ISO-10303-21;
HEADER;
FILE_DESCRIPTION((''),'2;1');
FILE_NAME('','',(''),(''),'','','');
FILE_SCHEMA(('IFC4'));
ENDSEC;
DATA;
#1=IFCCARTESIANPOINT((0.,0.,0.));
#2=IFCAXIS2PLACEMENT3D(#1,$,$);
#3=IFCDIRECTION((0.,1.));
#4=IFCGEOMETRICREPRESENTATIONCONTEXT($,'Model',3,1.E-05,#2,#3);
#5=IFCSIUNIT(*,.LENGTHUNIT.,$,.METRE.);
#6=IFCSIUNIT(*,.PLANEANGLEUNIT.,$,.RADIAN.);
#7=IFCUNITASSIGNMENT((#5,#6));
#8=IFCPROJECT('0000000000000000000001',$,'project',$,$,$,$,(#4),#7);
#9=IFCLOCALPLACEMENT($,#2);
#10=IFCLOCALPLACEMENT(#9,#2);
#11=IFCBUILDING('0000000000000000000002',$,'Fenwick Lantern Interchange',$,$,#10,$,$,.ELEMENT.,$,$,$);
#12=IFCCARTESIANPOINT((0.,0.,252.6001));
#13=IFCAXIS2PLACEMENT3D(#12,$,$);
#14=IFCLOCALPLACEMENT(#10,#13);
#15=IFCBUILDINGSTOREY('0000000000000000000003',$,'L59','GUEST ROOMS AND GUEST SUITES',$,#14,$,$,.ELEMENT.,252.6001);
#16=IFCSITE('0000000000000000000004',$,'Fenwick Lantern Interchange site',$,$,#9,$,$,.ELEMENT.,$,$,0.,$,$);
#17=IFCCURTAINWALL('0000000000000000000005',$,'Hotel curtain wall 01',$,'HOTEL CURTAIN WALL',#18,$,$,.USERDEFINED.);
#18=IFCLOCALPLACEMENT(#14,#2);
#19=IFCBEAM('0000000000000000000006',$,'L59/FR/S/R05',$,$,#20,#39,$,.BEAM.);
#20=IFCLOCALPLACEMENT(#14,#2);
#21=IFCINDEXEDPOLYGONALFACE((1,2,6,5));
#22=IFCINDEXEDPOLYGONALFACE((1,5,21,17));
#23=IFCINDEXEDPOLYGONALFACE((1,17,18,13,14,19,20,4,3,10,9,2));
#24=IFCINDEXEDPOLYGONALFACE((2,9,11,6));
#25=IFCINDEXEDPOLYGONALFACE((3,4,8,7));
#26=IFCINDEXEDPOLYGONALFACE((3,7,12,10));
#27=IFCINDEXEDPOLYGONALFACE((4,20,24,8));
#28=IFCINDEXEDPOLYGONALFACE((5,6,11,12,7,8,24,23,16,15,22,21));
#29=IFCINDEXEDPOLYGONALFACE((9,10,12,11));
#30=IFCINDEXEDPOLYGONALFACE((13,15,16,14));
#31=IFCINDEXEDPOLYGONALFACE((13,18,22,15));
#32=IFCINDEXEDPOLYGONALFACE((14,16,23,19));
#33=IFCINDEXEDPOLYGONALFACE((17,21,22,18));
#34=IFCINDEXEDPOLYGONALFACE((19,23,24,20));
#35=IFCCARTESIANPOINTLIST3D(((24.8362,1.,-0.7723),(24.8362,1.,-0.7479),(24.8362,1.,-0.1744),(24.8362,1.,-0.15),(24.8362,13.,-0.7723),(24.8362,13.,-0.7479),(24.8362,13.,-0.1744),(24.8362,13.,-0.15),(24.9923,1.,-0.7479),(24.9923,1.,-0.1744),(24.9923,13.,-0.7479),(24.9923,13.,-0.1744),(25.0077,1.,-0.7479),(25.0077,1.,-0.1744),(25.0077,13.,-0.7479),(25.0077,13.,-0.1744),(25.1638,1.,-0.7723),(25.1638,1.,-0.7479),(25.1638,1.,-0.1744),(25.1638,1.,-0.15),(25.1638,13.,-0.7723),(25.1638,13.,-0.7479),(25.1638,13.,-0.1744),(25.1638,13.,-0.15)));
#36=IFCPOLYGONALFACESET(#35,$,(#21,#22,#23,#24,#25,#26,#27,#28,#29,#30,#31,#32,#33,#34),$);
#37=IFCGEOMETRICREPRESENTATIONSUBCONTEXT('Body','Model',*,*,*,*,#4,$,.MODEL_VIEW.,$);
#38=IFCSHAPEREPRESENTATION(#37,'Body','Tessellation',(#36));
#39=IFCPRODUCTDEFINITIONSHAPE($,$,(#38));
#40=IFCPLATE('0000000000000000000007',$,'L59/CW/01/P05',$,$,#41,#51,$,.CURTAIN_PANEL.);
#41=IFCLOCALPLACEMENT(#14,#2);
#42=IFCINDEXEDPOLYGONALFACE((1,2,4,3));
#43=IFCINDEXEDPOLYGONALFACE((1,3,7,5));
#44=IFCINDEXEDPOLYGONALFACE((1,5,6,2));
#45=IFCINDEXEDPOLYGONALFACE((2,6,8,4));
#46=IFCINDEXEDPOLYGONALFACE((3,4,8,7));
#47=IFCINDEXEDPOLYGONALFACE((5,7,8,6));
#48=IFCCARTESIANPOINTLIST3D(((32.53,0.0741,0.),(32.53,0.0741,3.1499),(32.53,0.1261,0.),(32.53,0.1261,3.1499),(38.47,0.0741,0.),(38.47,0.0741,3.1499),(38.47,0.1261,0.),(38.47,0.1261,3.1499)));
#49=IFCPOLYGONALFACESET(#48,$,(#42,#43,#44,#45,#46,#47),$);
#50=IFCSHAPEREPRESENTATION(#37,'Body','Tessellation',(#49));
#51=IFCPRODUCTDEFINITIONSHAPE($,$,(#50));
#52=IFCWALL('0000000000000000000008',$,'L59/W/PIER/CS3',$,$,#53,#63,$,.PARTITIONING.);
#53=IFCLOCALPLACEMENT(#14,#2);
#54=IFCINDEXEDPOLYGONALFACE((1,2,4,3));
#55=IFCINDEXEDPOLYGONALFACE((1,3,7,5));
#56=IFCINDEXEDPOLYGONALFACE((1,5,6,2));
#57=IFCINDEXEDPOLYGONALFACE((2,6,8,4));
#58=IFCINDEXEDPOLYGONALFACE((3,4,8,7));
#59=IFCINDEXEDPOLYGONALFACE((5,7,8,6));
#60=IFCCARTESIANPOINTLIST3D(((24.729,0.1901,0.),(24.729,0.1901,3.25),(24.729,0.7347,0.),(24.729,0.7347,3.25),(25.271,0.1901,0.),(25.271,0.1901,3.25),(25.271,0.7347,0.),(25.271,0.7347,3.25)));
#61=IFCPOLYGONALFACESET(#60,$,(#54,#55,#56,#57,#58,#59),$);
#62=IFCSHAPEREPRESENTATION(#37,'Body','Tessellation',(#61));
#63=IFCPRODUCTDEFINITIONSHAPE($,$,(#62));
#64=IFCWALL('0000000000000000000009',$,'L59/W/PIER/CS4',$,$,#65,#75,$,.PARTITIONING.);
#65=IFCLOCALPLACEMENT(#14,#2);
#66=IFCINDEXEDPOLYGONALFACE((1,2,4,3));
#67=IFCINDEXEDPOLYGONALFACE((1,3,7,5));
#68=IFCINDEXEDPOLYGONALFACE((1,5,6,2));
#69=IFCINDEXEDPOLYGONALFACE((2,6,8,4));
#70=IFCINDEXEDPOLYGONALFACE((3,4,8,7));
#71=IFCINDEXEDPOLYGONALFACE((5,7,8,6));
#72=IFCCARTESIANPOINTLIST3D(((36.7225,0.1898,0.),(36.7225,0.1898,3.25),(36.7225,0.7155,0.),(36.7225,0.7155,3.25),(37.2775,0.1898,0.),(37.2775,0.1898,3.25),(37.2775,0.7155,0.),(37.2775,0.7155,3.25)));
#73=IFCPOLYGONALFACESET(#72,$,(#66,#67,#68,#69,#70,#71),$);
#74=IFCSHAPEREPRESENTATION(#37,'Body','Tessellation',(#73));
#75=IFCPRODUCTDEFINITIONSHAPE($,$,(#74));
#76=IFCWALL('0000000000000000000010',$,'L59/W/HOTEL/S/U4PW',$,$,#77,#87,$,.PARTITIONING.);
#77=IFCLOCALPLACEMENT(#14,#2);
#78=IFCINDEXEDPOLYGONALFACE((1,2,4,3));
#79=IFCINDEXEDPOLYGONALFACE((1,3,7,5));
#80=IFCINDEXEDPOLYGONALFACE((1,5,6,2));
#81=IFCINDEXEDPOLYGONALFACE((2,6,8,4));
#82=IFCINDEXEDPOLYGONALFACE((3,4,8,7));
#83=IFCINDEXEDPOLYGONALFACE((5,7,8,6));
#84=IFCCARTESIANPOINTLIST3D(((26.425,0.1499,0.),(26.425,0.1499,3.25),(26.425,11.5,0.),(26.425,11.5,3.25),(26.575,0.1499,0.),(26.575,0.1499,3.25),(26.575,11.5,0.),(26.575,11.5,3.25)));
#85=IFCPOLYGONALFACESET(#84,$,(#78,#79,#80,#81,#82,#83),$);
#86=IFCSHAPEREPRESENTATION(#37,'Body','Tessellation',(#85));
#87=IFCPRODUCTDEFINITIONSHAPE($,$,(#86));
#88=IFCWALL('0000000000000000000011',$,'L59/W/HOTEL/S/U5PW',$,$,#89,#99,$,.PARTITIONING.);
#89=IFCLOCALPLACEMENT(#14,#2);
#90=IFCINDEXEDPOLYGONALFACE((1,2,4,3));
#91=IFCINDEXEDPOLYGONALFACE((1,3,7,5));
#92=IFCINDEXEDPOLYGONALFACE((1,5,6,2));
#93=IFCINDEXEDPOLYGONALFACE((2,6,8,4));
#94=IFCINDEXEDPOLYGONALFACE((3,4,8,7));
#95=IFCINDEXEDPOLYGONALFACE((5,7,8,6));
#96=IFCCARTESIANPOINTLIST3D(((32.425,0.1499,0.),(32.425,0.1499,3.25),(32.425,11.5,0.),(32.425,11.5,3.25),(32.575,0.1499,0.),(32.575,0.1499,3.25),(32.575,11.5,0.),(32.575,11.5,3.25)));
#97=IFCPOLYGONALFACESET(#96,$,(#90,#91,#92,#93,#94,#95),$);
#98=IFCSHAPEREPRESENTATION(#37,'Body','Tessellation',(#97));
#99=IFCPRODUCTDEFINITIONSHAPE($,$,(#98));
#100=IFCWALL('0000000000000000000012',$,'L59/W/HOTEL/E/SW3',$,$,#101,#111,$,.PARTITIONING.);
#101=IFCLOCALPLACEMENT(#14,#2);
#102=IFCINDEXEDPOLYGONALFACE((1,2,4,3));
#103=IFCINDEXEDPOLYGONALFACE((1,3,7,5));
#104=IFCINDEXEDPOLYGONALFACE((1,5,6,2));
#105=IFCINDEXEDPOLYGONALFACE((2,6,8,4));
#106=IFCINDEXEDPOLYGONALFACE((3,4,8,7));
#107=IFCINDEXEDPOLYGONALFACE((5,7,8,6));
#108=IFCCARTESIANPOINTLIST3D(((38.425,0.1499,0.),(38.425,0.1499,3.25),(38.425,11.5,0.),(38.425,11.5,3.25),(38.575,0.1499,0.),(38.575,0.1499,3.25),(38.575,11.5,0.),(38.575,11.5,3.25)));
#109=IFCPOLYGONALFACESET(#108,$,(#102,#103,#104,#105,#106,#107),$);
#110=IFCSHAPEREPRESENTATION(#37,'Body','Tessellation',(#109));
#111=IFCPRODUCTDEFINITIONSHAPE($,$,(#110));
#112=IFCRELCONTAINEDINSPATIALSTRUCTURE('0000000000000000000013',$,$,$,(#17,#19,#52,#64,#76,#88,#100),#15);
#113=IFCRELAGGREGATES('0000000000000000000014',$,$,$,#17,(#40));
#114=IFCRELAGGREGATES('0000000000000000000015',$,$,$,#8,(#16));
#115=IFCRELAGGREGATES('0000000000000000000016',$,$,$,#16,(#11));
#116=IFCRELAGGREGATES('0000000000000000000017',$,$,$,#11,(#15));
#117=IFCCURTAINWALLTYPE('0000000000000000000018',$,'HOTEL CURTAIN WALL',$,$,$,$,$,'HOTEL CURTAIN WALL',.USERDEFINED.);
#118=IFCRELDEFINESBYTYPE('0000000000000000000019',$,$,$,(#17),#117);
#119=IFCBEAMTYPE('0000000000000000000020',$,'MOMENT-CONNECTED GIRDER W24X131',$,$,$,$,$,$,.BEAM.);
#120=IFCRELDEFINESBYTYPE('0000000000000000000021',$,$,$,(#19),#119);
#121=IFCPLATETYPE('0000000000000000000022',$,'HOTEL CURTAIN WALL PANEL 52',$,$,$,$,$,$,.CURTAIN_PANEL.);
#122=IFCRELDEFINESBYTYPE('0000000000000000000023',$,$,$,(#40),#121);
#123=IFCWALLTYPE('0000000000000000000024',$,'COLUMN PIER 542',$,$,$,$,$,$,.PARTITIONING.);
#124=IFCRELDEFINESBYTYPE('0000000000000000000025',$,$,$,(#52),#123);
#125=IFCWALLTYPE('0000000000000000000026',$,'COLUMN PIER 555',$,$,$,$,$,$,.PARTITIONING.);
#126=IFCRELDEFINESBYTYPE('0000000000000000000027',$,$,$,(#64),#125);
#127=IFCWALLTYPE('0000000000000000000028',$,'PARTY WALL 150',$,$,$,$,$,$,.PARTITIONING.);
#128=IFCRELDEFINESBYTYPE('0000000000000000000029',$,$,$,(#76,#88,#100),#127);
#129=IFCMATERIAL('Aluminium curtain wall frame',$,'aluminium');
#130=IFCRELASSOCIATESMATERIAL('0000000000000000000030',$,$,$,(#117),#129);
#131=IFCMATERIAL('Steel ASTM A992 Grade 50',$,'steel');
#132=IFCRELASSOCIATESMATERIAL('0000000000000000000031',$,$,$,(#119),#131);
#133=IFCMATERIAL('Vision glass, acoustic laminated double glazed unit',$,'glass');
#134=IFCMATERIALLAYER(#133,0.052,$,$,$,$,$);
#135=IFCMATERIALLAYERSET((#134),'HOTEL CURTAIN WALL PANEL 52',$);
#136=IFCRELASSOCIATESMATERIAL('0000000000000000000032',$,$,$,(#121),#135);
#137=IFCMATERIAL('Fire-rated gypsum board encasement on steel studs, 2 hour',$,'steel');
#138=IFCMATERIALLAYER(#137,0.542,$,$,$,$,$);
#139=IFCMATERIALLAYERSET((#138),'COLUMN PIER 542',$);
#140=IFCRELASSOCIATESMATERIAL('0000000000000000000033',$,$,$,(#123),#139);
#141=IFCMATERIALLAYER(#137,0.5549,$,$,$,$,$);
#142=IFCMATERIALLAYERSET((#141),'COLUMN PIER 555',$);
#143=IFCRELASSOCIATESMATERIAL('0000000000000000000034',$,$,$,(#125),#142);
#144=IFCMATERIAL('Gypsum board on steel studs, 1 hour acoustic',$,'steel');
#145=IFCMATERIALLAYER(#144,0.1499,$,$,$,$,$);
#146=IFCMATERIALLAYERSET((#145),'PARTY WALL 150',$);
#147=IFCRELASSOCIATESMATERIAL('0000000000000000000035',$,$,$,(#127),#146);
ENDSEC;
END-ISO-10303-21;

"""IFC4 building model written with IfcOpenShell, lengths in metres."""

from ifc_helpers import new_model, si_unit, direction, frame, frame_2d, origin, origin_2d, place, context, subcontext, project, spatial, rectangle, i_section, extrude, material, layer, layer_set, material_profile, profile_set, type_object, element, aggregate, save


model = new_model("IFC4")

# Units and contexts
model_context = context("Model", 3, precision=1e-05, world=origin(), true_north=direction((0.0, 1.0)))
body_context = subcontext(model_context, "Body", "Model", "MODEL_VIEW")
ifc_project = project(units=[si_unit("LENGTHUNIT", "METRE"), si_unit("PLANEANGLEUNIT", "RADIAN")], contexts=[model_context])

# Site, building, storey
site_placement = place(None, origin())
site = spatial("IfcSite", under=ifc_project, at=site_placement, Name="Fenwick Lantern Interchange site", CompositionType="ELEMENT", RefElevation=0.0)
building_placement = place(site_placement, origin())
building = spatial("IfcBuilding", under=site, at=building_placement, Name="Fenwick Lantern Interchange", CompositionType="ELEMENT")
storey_placement = place(building_placement, frame((0.0, 0.0, 252.6001)))
storey = spatial("IfcBuildingStorey", under=building, at=storey_placement, Name="L59", Description="GUEST ROOMS AND GUEST SUITES", CompositionType="ELEMENT", Elevation=252.6001)

# Shared definitions
ifc_material_1 = material(Name="Steel ASTM A992 Grade 50", Category="steel")

# Curtain wall
ifc_material_2 = material(Name="Aluminium curtain wall frame", Category="aluminium")
curtain_wall_type = type_object("IfcCurtainWallType", Name="HOTEL CURTAIN WALL", ElementType="HOTEL CURTAIN WALL", PredefinedType="USERDEFINED", material=ifc_material_2)
curtain_wall_placement = place(storey_placement, origin())
curtain_wall = element("IfcCurtainWall", 1, at=curtain_wall_placement, inside=storey, type_object=curtain_wall_type, Name="Hotel curtain wall 01", ObjectType="HOTEL CURTAIN WALL", PredefinedType="USERDEFINED")

# Beam
ifc_material_profile_1 = material_profile(ifc_material_1, i_section(OverallWidth=0.3276, OverallDepth=0.6223, WebThickness=0.0154, FlangeThickness=0.0244, at=origin_2d()), Name="W24X131")
ifc_profile_set_1 = profile_set([ifc_material_profile_1], Name="Steel ASTM A992 Grade 50")
beam_type_1 = type_object("IfcBeamType", Name="MOMENT-CONNECTED GIRDER W24X131", PredefinedType="BEAM", material=ifc_profile_set_1)
beam_1_placement = place(storey_placement, frame((25.0, 1.0, -0.4612), z_axis=(0.0, 1.0, 0.0), x_axis=(-1.0, 0.0, 0.0)))
element("IfcBeam", 2, at=beam_1_placement, inside=storey, type_object=beam_type_1, Name="L59/FR/S/R05", PredefinedType="BEAM", context=body_context, shape_type="SweptSolid", body=[
    extrude(i_section(OverallWidth=0.3276, OverallDepth=0.6223, WebThickness=0.0154, FlangeThickness=0.0244, at=origin_2d()), origin(), (0.0, 0.0, 1.0), 12.0),
])

# Plate
ifc_material_3 = material(Name="Vision glass, acoustic laminated double glazed unit", Category="glass")
ifc_layer_1 = layer(ifc_material_3, 0.052)
ifc_layer_set_1 = layer_set([ifc_layer_1], Name="HOTEL CURTAIN WALL PANEL 52")
plate_type = type_object("IfcPlateType", Name="HOTEL CURTAIN WALL PANEL 52", PredefinedType="CURTAIN_PANEL", material=ifc_layer_set_1)
plate_placement = place(storey_placement, frame((35.5, 0.1001, 0.0), z_axis=(0.0, 0.0, 1.0), x_axis=(1.0, 0.0, 0.0)))
plate = element("IfcPlate", 3, at=plate_placement, type_object=plate_type, Name="L59/CW/01/P05", PredefinedType="CURTAIN_PANEL", context=body_context, shape_type="SweptSolid", body=[
    extrude(rectangle(XDim=5.9399, YDim=0.052, at=origin_2d()), origin(), (0.0, 0.0, 1.0), 3.1499),
])
aggregate(curtain_wall, [plate])

# Walls
ifc_material_4 = material(Name="Fire-rated gypsum board encasement on steel studs, 2 hour", Category="steel")
ifc_layer_2 = layer(ifc_material_4, 0.542)
ifc_layer_set_2 = layer_set([ifc_layer_2], Name="COLUMN PIER 542")
wall_type_1 = type_object("IfcWallType", Name="COLUMN PIER 542", PredefinedType="PARTITIONING", material=ifc_layer_set_2)
wall_1_placement = place(storey_placement, frame((25.0, 0.1899, 0.0), z_axis=(0.0, 0.0, 1.0), x_axis=(0.0, 1.0, 0.0)))
element("IfcWall", 4, at=wall_1_placement, inside=storey, type_object=wall_type_1, Name="L59/W/PIER/CS3", PredefinedType="PARTITIONING", context=body_context, shape_type="SweptSolid", body=[
    extrude(rectangle(XDim=0.5447, YDim=0.542, at=frame_2d((0.2725, 0.0))), origin(), (0.0, 0.0, 1.0), 3.25),
])
ifc_layer_3 = layer(ifc_material_4, 0.5549)
ifc_layer_set_3 = layer_set([ifc_layer_3], Name="COLUMN PIER 555")
wall_type_2 = type_object("IfcWallType", Name="COLUMN PIER 555", PredefinedType="PARTITIONING", material=ifc_layer_set_3)
wall_2_placement = place(storey_placement, frame((37.0, 0.1899, 0.0), z_axis=(0.0, 0.0, 1.0), x_axis=(0.0, 1.0, 0.0)))
element("IfcWall", 5, at=wall_2_placement, inside=storey, type_object=wall_type_2, Name="L59/W/PIER/CS4", PredefinedType="PARTITIONING", context=body_context, shape_type="SweptSolid", body=[
    extrude(rectangle(XDim=0.5256, YDim=0.5549, at=frame_2d((0.2627, 0.0))), origin(), (0.0, 0.0, 1.0), 3.25),
])
ifc_material_5 = material(Name="Gypsum board on steel studs, 1 hour acoustic", Category="steel")
ifc_layer_4 = layer(ifc_material_5, 0.1499)
ifc_layer_set_4 = layer_set([ifc_layer_4], Name="PARTY WALL 150")
wall_type_3 = type_object("IfcWallType", Name="PARTY WALL 150", PredefinedType="PARTITIONING", material=ifc_layer_set_4)
for number, where, z_axis, x_axis, name in (
    (6, (26.5, 0.1499, 0.0), (0.0, 0.0, 1.0), (0.0, 1.0, 0.0), "L59/W/HOTEL/S/U4PW"),
    (7, (32.5, 0.1499, 0.0), (0.0, 0.0, 1.0), (0.0, 1.0, 0.0), "L59/W/HOTEL/S/U5PW"),
    (8, (38.5, 0.1499, 0.0), (0.0, 0.0, 1.0), (0.0, 1.0, 0.0), "L59/W/HOTEL/E/SW3"),
):
    element("IfcWall", number, at=place(storey_placement, frame(where, z_axis=z_axis, x_axis=x_axis)), inside=storey, type_object=wall_type_3, Name=name, PredefinedType="PARTITIONING", context=body_context, shape_type="SweptSolid", body=[
        extrude(rectangle(XDim=11.3501, YDim=0.1499, at=frame_2d((5.675, 0.0))), origin(), (0.0, 0.0, 1.0), 3.25),
    ])

save(model, "model.ifc")
